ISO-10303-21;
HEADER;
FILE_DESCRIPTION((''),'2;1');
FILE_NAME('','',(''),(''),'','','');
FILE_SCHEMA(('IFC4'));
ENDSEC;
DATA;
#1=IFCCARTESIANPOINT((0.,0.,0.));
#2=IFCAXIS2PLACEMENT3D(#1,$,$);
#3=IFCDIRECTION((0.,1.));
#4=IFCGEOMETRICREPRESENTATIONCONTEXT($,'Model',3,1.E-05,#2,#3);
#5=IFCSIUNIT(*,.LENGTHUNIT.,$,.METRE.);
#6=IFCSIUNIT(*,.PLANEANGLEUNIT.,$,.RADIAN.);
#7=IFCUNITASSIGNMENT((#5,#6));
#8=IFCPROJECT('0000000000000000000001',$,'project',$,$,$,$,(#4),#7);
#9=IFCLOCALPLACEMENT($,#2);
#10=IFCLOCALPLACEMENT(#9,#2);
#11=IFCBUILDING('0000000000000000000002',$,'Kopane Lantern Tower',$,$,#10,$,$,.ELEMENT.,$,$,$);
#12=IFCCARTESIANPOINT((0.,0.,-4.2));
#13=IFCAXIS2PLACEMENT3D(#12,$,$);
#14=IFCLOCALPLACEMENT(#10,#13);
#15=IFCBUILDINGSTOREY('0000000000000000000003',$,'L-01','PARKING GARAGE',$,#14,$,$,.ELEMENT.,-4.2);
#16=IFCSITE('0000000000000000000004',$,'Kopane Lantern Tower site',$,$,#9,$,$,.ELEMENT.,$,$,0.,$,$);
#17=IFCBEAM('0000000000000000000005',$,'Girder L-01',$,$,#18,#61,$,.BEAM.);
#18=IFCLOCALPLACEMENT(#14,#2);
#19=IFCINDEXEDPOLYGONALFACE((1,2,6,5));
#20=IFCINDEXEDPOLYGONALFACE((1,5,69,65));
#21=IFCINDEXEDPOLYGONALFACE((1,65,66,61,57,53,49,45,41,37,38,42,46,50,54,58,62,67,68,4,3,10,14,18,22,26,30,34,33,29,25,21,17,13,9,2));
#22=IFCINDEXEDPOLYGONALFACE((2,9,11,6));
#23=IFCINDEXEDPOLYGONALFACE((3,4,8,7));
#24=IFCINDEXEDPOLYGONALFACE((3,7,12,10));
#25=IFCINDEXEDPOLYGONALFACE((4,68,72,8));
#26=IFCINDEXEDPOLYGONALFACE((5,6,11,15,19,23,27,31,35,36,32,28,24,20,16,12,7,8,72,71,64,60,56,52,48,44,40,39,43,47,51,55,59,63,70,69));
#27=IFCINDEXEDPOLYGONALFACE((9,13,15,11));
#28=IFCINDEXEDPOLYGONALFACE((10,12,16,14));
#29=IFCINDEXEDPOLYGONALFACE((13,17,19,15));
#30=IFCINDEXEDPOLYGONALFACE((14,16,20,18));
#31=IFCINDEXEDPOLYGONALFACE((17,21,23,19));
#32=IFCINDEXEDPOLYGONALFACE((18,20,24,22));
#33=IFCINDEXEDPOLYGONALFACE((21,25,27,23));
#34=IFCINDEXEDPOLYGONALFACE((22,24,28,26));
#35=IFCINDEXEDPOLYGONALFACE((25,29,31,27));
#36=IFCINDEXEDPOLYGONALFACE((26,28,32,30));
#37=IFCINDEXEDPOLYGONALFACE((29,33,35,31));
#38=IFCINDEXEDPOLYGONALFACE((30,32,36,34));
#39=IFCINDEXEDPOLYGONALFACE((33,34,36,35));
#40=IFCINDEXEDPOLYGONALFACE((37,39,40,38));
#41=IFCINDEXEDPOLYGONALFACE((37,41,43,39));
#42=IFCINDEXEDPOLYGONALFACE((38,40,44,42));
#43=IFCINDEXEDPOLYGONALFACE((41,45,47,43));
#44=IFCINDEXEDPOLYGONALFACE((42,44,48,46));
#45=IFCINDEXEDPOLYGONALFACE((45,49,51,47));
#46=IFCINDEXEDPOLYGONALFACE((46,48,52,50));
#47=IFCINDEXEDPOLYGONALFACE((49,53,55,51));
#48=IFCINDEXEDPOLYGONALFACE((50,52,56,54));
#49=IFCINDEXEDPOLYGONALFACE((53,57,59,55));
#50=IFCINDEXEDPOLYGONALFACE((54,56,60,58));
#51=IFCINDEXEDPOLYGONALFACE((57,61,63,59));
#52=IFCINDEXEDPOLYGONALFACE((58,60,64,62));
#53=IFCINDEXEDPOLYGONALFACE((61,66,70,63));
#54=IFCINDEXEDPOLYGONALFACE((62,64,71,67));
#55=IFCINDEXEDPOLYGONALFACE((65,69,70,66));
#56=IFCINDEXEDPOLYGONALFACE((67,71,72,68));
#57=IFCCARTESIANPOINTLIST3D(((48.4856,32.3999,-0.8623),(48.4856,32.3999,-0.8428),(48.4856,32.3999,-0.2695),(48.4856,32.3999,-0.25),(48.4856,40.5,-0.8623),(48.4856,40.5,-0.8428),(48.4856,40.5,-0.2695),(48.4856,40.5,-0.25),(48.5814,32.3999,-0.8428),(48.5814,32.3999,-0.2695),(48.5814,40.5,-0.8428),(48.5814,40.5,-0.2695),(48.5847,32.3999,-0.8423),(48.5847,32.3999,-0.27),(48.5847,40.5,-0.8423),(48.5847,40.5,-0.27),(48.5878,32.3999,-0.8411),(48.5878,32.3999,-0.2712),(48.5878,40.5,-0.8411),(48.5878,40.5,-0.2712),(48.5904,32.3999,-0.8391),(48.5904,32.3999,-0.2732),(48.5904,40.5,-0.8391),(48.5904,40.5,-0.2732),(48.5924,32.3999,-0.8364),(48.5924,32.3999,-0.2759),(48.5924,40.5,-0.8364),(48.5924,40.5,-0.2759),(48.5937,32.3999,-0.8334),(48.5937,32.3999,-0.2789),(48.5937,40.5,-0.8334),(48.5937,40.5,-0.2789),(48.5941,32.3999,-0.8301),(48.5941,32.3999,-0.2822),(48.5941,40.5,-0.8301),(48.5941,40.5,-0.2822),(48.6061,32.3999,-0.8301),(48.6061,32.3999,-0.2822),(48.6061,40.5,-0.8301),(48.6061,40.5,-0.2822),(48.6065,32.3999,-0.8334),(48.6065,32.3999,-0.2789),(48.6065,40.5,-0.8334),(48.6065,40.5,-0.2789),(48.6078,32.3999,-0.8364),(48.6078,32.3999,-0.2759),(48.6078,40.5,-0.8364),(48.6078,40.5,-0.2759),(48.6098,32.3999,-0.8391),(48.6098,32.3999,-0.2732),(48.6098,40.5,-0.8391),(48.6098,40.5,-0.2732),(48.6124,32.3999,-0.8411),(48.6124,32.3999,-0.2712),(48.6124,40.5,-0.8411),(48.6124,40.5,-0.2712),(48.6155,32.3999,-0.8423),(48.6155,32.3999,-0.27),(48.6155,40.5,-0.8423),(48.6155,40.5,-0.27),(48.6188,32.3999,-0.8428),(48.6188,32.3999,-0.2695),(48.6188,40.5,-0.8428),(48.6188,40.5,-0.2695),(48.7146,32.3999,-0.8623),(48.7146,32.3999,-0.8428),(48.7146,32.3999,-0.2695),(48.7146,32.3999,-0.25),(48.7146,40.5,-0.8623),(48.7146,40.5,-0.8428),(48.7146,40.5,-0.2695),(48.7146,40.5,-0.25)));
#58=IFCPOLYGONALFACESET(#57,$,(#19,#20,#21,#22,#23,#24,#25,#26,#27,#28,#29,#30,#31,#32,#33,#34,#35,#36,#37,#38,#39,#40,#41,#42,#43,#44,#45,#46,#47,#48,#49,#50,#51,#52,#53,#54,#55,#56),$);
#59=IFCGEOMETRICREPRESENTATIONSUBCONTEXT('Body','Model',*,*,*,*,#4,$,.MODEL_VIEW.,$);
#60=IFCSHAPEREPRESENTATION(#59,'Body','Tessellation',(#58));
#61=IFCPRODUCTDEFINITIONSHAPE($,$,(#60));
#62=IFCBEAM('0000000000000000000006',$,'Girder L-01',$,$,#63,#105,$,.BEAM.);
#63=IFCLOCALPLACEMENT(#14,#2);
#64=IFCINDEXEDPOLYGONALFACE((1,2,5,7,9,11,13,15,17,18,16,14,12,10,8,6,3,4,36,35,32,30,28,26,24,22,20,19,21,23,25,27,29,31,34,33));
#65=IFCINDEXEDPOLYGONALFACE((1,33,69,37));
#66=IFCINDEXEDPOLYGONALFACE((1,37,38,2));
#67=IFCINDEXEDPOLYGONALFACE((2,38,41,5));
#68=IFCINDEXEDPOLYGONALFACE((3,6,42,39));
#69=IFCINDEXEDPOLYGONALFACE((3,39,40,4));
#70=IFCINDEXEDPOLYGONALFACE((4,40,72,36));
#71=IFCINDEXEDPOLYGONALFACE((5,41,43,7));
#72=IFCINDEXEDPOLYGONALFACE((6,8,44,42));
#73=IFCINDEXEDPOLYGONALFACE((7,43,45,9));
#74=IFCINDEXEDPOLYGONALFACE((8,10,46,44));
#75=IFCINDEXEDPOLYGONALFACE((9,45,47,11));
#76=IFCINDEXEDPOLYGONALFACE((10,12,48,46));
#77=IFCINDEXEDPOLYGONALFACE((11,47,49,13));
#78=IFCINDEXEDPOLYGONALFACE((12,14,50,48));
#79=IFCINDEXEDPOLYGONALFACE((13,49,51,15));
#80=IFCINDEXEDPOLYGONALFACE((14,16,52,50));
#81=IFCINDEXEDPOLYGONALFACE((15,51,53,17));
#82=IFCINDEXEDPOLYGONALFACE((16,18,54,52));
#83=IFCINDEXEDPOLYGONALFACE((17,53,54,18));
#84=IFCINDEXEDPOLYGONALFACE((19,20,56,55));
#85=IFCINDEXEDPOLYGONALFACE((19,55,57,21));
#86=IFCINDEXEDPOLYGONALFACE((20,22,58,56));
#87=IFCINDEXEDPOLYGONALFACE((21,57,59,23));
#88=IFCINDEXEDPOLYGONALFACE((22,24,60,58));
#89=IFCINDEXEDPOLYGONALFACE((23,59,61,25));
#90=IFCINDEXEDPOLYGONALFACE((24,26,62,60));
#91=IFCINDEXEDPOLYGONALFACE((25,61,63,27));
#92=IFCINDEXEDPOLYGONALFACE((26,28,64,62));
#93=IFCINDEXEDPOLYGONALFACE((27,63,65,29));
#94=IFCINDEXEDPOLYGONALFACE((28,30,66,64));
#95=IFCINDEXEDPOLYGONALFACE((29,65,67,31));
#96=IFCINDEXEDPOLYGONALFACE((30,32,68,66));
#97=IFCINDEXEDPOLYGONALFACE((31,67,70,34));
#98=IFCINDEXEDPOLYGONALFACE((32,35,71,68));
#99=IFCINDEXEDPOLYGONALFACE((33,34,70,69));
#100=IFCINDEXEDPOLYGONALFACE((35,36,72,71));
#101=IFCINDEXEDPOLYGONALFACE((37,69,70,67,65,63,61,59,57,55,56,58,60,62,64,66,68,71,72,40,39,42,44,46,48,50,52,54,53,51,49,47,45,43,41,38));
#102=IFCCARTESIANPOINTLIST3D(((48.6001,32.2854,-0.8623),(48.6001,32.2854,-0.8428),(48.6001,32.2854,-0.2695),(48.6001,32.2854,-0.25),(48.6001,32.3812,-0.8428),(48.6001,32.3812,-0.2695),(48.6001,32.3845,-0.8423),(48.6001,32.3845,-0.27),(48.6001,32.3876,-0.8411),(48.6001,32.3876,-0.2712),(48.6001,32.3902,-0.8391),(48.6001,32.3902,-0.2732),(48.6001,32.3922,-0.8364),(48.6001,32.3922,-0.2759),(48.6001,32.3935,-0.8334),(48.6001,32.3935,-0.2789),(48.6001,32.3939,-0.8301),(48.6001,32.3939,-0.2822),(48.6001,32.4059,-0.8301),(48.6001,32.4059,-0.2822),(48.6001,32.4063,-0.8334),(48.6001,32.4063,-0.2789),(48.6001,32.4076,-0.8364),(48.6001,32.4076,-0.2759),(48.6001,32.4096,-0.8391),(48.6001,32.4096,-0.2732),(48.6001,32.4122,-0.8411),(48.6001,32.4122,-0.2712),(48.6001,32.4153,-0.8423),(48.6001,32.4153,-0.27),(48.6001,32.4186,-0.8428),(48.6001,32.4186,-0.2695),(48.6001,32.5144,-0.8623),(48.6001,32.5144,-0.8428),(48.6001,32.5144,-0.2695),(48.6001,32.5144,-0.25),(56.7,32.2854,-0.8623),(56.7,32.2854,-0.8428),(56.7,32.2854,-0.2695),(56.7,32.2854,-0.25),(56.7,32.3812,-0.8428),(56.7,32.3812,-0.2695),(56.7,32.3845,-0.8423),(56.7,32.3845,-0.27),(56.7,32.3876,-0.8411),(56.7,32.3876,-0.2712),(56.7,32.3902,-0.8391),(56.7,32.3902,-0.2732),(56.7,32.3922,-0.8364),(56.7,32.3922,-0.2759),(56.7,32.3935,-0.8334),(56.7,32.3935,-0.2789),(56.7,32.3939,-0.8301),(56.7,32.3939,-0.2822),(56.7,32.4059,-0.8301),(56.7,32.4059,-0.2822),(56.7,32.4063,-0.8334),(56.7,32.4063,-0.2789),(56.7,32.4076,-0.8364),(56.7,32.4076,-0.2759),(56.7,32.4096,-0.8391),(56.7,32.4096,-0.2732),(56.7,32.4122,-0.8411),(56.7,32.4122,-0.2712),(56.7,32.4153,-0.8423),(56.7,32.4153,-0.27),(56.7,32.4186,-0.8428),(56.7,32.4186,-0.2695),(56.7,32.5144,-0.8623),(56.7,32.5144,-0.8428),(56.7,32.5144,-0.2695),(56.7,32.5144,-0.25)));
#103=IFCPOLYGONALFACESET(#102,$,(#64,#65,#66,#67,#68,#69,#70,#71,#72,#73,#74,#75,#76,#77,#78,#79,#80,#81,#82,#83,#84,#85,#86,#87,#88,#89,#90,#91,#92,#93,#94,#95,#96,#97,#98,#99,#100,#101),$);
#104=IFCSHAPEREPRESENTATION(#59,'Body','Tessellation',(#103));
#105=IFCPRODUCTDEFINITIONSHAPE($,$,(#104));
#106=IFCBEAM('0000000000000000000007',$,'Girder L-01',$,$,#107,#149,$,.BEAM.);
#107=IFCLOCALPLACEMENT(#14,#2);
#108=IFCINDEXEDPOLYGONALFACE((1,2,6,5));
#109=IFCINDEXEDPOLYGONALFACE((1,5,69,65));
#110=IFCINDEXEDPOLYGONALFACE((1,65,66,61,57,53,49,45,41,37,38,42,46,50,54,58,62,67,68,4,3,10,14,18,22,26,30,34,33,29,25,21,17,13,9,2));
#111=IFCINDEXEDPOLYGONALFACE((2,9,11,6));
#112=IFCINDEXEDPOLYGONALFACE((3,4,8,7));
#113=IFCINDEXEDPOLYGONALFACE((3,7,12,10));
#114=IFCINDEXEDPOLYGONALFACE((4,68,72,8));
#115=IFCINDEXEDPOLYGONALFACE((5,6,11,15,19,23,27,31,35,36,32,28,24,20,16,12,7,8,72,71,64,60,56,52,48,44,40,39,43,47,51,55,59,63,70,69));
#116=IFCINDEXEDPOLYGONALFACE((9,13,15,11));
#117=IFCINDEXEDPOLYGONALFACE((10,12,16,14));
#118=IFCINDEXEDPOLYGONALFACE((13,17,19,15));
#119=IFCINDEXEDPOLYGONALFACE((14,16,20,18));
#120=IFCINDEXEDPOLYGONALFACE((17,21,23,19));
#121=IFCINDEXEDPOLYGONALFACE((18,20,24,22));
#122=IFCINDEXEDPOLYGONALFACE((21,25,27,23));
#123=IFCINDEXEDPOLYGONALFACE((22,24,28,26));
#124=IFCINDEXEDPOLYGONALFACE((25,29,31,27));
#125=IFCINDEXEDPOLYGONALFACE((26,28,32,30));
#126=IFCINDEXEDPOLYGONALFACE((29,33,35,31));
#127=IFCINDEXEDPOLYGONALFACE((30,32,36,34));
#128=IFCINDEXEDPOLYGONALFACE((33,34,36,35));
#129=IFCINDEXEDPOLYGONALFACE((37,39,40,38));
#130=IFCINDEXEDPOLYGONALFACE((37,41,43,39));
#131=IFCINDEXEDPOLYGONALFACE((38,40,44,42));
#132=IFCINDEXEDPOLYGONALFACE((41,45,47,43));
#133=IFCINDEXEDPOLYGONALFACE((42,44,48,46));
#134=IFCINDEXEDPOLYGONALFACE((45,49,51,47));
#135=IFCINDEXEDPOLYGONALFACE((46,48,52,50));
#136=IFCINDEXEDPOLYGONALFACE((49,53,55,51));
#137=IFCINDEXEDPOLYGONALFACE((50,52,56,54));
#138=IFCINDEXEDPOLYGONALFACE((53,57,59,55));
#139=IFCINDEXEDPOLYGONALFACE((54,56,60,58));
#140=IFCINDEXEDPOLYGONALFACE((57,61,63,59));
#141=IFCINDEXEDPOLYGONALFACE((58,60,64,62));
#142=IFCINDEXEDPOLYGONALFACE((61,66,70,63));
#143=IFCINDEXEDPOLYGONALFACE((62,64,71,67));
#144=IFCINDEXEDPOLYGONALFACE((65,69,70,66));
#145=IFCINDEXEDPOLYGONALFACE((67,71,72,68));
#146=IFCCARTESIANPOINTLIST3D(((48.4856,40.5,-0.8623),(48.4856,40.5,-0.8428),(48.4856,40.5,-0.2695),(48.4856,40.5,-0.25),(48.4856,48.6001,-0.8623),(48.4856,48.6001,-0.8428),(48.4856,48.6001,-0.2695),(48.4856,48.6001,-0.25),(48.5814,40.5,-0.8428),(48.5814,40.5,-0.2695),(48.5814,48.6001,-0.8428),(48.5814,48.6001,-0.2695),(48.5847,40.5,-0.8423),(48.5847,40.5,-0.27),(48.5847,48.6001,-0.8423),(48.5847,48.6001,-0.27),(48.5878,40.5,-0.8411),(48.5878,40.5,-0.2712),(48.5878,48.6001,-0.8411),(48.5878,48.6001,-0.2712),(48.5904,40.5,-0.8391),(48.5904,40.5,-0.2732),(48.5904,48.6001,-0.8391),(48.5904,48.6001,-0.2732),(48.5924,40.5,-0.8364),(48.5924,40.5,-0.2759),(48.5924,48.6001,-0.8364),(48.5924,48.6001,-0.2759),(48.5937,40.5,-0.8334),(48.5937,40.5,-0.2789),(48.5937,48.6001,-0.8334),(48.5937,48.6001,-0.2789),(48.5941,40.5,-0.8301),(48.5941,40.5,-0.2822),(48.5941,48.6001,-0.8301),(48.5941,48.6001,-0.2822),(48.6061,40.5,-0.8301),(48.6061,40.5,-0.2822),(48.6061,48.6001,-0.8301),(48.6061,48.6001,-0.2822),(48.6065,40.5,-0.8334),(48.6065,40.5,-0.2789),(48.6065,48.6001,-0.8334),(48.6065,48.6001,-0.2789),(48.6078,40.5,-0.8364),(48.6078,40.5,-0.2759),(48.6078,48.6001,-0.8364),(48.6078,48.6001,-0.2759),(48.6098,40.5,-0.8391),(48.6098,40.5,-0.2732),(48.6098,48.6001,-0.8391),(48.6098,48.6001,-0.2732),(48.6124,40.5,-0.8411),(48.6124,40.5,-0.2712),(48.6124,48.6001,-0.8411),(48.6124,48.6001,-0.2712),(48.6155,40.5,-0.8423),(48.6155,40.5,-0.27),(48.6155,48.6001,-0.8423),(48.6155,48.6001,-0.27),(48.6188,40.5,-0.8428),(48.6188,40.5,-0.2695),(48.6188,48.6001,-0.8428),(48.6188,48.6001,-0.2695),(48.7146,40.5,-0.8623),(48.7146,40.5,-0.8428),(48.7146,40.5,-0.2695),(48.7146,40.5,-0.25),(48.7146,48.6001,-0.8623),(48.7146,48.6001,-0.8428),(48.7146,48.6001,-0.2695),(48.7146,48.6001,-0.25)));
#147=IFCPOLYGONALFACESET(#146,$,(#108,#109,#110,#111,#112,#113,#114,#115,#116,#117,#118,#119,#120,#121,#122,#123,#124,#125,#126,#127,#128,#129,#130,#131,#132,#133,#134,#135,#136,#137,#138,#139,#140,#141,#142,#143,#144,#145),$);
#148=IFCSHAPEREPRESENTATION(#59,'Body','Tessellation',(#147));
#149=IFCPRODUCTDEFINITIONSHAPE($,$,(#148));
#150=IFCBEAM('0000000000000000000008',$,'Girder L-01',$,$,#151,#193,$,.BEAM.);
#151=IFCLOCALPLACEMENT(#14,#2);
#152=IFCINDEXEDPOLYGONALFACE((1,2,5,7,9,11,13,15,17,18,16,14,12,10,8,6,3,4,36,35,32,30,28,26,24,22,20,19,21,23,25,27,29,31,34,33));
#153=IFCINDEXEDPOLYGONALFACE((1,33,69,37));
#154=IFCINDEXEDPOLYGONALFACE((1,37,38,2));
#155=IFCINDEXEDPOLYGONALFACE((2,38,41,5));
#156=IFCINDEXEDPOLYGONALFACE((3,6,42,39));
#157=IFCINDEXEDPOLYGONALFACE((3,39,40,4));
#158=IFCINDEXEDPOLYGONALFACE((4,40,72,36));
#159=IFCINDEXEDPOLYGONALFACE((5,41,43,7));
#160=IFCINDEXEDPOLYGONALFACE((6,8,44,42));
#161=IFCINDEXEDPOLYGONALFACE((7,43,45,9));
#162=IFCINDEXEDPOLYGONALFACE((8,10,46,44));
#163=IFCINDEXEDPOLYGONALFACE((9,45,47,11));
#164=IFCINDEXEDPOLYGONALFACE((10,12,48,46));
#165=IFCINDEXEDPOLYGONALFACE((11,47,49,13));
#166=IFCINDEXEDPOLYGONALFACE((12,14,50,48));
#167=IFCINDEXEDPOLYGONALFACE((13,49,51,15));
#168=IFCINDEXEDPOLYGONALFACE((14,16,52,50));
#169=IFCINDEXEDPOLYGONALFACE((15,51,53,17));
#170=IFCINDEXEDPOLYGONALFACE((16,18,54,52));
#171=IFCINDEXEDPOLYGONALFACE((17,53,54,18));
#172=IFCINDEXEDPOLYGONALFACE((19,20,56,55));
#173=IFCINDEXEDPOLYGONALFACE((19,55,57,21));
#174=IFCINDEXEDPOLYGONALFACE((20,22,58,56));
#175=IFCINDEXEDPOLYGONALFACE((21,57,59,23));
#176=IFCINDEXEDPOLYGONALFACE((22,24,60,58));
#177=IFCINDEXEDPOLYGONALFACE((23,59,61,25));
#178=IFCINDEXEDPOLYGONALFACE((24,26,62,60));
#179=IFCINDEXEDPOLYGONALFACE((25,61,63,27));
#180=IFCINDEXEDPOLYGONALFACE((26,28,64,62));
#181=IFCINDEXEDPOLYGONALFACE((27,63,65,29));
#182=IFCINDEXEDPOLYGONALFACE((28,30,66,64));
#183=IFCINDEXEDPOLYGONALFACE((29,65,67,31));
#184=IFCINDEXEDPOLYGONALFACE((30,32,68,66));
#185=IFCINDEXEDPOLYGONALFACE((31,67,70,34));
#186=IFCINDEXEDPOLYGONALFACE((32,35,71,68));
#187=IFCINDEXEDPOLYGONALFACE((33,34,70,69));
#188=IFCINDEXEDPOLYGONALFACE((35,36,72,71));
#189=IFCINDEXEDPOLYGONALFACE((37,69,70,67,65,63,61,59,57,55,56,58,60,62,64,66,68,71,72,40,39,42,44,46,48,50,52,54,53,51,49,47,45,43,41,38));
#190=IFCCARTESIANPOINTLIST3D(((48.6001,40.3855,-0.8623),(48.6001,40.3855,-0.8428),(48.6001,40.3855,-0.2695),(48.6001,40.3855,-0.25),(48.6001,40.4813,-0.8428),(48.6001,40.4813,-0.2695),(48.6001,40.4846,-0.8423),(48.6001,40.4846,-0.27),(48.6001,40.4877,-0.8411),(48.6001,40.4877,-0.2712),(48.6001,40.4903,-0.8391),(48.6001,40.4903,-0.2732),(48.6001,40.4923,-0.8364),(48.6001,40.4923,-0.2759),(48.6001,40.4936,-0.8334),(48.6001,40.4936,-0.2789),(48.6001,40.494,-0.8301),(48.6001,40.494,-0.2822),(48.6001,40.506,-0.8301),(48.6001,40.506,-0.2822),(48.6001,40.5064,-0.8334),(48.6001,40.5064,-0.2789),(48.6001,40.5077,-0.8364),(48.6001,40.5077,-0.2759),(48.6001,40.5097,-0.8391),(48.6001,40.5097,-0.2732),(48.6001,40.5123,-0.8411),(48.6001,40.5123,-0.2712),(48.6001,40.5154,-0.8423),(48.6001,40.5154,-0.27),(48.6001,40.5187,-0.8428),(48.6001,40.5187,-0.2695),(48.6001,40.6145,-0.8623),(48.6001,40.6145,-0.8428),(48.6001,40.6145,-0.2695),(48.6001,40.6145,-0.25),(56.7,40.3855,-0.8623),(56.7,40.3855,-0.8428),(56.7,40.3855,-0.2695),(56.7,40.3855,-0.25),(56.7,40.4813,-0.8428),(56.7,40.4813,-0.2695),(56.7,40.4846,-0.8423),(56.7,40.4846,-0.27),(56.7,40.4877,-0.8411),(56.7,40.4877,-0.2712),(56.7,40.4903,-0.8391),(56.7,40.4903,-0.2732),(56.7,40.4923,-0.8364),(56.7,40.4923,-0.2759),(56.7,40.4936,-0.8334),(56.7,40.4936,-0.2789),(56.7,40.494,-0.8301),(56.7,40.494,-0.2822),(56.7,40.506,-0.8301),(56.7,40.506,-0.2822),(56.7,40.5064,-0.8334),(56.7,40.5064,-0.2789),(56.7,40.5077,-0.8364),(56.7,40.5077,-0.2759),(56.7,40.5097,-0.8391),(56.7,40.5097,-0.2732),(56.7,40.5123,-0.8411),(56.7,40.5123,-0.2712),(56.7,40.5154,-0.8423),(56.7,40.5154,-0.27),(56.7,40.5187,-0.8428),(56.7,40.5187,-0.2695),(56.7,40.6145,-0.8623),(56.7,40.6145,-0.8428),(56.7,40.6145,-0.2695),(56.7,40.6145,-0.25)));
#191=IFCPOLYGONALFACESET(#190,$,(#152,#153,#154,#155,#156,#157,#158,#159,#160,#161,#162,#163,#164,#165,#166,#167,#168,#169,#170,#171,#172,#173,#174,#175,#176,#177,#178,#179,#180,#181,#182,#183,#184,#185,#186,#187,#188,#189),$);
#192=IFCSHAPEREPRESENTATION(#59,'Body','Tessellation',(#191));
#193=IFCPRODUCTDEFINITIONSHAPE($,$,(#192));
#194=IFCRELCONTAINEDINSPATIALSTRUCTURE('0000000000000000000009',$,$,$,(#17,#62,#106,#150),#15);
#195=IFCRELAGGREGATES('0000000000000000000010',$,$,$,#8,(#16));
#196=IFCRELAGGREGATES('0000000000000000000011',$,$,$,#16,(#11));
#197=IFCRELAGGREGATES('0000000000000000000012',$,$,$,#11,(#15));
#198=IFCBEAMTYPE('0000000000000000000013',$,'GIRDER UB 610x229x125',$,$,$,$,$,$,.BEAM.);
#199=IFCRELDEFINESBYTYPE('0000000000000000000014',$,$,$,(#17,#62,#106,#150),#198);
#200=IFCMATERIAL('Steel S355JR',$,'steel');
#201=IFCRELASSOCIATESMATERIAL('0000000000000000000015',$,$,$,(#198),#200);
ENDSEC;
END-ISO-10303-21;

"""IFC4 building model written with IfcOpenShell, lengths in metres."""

from ifc_helpers import new_model, si_unit, direction, frame, origin, origin_2d, place, context, subcontext, project, spatial, i_section, extrude, material, material_profile, profile_set, type_object, element, save


model = new_model("IFC4")

# Units and contexts
model_context = context("Model", 3, precision=1e-05, world=origin(), true_north=direction((0.0, 1.0)))
body_context = subcontext(model_context, "Body", "Model", "MODEL_VIEW")
ifc_project = project(units=[si_unit("LENGTHUNIT", "METRE"), si_unit("PLANEANGLEUNIT", "RADIAN")], contexts=[model_context])

# Site, building, storey
site_placement = place(None, origin())
site = spatial("IfcSite", under=ifc_project, at=site_placement, Name="Kopane Lantern Tower site", CompositionType="ELEMENT", RefElevation=0.0)
building_placement = place(site_placement, origin())
building = spatial("IfcBuilding", under=site, at=building_placement, Name="Kopane Lantern Tower", CompositionType="ELEMENT")
storey_placement = place(building_placement, frame((0.0, 0.0, -4.2)))
storey = spatial("IfcBuildingStorey", under=building, at=storey_placement, Name="L-01", Description="PARKING GARAGE", CompositionType="ELEMENT", Elevation=-4.2)

# Beams
ifc_material_1 = material(Name="Steel S355JR", Category="steel")
ifc_material_profile_1 = material_profile(ifc_material_1, i_section(OverallWidth=0.229, OverallDepth=0.6123, WebThickness=0.012, FlangeThickness=0.0195, FilletRadius=0.0127, at=origin_2d()), Name="UB 610x229x125")
ifc_profile_set_1 = profile_set([ifc_material_profile_1], Name="Steel S355JR")
beam_type_1 = type_object("IfcBeamType", Name="GIRDER UB 610x229x125", PredefinedType="BEAM", material=ifc_profile_set_1)
for number, where, z_axis, x_axis, name in (
    (1, (48.6001, 32.3999, -0.5562), (0.0, 1.0, 0.0), (-1.0, 0.0, 0.0), "Girder L-01"),
):
    element("IfcBeam", number, at=place(storey_placement, frame(where, z_axis=z_axis, x_axis=x_axis)), inside=storey, type_object=beam_type_1, Name=name, PredefinedType="BEAM", context=body_context, shape_type="SweptSolid", body=[
        extrude(i_section(OverallWidth=0.229, OverallDepth=0.6123, WebThickness=0.012, FlangeThickness=0.0195, FilletRadius=0.0127, at=origin_2d()), origin(), (0.0, 0.0, 1.0), 8.1001),
    ])
beam_1_placement = place(storey_placement, frame((48.6001, 32.3999, -0.5562), z_axis=(1.0, 0.0, 0.0), x_axis=(0.0, 1.0, 0.0)))
element("IfcBeam", 2, at=beam_1_placement, inside=storey, type_object=beam_type_1, Name="Girder L-01", PredefinedType="BEAM", context=body_context, shape_type="SweptSolid", body=[
    extrude(i_section(OverallWidth=0.229, OverallDepth=0.6123, WebThickness=0.012, FlangeThickness=0.0195, FilletRadius=0.0127, at=origin_2d()), origin(), (0.0, 0.0, 1.0), 8.0999),
])
beam_2_placement = place(storey_placement, frame((48.6001, 40.5, -0.5562), z_axis=(0.0, 1.0, 0.0), x_axis=(-1.0, 0.0, 0.0)))
element("IfcBeam", 3, at=beam_2_placement, inside=storey, type_object=beam_type_1, Name="Girder L-01", PredefinedType="BEAM", context=body_context, shape_type="SweptSolid", body=[
    extrude(i_section(OverallWidth=0.229, OverallDepth=0.6123, WebThickness=0.012, FlangeThickness=0.0195, FilletRadius=0.0127, at=origin_2d()), origin(), (0.0, 0.0, 1.0), 8.1001),
])
beam_3_placement = place(storey_placement, frame((48.6001, 40.5, -0.5562), z_axis=(1.0, 0.0, 0.0), x_axis=(0.0, 1.0, 0.0)))
element("IfcBeam", 4, at=beam_3_placement, inside=storey, type_object=beam_type_1, Name="Girder L-01", PredefinedType="BEAM", context=body_context, shape_type="SweptSolid", body=[
    extrude(i_section(OverallWidth=0.229, OverallDepth=0.6123, WebThickness=0.012, FlangeThickness=0.0195, FilletRadius=0.0127, at=origin_2d()), origin(), (0.0, 0.0, 1.0), 8.0999),
])

save(model, "model.ifc")
